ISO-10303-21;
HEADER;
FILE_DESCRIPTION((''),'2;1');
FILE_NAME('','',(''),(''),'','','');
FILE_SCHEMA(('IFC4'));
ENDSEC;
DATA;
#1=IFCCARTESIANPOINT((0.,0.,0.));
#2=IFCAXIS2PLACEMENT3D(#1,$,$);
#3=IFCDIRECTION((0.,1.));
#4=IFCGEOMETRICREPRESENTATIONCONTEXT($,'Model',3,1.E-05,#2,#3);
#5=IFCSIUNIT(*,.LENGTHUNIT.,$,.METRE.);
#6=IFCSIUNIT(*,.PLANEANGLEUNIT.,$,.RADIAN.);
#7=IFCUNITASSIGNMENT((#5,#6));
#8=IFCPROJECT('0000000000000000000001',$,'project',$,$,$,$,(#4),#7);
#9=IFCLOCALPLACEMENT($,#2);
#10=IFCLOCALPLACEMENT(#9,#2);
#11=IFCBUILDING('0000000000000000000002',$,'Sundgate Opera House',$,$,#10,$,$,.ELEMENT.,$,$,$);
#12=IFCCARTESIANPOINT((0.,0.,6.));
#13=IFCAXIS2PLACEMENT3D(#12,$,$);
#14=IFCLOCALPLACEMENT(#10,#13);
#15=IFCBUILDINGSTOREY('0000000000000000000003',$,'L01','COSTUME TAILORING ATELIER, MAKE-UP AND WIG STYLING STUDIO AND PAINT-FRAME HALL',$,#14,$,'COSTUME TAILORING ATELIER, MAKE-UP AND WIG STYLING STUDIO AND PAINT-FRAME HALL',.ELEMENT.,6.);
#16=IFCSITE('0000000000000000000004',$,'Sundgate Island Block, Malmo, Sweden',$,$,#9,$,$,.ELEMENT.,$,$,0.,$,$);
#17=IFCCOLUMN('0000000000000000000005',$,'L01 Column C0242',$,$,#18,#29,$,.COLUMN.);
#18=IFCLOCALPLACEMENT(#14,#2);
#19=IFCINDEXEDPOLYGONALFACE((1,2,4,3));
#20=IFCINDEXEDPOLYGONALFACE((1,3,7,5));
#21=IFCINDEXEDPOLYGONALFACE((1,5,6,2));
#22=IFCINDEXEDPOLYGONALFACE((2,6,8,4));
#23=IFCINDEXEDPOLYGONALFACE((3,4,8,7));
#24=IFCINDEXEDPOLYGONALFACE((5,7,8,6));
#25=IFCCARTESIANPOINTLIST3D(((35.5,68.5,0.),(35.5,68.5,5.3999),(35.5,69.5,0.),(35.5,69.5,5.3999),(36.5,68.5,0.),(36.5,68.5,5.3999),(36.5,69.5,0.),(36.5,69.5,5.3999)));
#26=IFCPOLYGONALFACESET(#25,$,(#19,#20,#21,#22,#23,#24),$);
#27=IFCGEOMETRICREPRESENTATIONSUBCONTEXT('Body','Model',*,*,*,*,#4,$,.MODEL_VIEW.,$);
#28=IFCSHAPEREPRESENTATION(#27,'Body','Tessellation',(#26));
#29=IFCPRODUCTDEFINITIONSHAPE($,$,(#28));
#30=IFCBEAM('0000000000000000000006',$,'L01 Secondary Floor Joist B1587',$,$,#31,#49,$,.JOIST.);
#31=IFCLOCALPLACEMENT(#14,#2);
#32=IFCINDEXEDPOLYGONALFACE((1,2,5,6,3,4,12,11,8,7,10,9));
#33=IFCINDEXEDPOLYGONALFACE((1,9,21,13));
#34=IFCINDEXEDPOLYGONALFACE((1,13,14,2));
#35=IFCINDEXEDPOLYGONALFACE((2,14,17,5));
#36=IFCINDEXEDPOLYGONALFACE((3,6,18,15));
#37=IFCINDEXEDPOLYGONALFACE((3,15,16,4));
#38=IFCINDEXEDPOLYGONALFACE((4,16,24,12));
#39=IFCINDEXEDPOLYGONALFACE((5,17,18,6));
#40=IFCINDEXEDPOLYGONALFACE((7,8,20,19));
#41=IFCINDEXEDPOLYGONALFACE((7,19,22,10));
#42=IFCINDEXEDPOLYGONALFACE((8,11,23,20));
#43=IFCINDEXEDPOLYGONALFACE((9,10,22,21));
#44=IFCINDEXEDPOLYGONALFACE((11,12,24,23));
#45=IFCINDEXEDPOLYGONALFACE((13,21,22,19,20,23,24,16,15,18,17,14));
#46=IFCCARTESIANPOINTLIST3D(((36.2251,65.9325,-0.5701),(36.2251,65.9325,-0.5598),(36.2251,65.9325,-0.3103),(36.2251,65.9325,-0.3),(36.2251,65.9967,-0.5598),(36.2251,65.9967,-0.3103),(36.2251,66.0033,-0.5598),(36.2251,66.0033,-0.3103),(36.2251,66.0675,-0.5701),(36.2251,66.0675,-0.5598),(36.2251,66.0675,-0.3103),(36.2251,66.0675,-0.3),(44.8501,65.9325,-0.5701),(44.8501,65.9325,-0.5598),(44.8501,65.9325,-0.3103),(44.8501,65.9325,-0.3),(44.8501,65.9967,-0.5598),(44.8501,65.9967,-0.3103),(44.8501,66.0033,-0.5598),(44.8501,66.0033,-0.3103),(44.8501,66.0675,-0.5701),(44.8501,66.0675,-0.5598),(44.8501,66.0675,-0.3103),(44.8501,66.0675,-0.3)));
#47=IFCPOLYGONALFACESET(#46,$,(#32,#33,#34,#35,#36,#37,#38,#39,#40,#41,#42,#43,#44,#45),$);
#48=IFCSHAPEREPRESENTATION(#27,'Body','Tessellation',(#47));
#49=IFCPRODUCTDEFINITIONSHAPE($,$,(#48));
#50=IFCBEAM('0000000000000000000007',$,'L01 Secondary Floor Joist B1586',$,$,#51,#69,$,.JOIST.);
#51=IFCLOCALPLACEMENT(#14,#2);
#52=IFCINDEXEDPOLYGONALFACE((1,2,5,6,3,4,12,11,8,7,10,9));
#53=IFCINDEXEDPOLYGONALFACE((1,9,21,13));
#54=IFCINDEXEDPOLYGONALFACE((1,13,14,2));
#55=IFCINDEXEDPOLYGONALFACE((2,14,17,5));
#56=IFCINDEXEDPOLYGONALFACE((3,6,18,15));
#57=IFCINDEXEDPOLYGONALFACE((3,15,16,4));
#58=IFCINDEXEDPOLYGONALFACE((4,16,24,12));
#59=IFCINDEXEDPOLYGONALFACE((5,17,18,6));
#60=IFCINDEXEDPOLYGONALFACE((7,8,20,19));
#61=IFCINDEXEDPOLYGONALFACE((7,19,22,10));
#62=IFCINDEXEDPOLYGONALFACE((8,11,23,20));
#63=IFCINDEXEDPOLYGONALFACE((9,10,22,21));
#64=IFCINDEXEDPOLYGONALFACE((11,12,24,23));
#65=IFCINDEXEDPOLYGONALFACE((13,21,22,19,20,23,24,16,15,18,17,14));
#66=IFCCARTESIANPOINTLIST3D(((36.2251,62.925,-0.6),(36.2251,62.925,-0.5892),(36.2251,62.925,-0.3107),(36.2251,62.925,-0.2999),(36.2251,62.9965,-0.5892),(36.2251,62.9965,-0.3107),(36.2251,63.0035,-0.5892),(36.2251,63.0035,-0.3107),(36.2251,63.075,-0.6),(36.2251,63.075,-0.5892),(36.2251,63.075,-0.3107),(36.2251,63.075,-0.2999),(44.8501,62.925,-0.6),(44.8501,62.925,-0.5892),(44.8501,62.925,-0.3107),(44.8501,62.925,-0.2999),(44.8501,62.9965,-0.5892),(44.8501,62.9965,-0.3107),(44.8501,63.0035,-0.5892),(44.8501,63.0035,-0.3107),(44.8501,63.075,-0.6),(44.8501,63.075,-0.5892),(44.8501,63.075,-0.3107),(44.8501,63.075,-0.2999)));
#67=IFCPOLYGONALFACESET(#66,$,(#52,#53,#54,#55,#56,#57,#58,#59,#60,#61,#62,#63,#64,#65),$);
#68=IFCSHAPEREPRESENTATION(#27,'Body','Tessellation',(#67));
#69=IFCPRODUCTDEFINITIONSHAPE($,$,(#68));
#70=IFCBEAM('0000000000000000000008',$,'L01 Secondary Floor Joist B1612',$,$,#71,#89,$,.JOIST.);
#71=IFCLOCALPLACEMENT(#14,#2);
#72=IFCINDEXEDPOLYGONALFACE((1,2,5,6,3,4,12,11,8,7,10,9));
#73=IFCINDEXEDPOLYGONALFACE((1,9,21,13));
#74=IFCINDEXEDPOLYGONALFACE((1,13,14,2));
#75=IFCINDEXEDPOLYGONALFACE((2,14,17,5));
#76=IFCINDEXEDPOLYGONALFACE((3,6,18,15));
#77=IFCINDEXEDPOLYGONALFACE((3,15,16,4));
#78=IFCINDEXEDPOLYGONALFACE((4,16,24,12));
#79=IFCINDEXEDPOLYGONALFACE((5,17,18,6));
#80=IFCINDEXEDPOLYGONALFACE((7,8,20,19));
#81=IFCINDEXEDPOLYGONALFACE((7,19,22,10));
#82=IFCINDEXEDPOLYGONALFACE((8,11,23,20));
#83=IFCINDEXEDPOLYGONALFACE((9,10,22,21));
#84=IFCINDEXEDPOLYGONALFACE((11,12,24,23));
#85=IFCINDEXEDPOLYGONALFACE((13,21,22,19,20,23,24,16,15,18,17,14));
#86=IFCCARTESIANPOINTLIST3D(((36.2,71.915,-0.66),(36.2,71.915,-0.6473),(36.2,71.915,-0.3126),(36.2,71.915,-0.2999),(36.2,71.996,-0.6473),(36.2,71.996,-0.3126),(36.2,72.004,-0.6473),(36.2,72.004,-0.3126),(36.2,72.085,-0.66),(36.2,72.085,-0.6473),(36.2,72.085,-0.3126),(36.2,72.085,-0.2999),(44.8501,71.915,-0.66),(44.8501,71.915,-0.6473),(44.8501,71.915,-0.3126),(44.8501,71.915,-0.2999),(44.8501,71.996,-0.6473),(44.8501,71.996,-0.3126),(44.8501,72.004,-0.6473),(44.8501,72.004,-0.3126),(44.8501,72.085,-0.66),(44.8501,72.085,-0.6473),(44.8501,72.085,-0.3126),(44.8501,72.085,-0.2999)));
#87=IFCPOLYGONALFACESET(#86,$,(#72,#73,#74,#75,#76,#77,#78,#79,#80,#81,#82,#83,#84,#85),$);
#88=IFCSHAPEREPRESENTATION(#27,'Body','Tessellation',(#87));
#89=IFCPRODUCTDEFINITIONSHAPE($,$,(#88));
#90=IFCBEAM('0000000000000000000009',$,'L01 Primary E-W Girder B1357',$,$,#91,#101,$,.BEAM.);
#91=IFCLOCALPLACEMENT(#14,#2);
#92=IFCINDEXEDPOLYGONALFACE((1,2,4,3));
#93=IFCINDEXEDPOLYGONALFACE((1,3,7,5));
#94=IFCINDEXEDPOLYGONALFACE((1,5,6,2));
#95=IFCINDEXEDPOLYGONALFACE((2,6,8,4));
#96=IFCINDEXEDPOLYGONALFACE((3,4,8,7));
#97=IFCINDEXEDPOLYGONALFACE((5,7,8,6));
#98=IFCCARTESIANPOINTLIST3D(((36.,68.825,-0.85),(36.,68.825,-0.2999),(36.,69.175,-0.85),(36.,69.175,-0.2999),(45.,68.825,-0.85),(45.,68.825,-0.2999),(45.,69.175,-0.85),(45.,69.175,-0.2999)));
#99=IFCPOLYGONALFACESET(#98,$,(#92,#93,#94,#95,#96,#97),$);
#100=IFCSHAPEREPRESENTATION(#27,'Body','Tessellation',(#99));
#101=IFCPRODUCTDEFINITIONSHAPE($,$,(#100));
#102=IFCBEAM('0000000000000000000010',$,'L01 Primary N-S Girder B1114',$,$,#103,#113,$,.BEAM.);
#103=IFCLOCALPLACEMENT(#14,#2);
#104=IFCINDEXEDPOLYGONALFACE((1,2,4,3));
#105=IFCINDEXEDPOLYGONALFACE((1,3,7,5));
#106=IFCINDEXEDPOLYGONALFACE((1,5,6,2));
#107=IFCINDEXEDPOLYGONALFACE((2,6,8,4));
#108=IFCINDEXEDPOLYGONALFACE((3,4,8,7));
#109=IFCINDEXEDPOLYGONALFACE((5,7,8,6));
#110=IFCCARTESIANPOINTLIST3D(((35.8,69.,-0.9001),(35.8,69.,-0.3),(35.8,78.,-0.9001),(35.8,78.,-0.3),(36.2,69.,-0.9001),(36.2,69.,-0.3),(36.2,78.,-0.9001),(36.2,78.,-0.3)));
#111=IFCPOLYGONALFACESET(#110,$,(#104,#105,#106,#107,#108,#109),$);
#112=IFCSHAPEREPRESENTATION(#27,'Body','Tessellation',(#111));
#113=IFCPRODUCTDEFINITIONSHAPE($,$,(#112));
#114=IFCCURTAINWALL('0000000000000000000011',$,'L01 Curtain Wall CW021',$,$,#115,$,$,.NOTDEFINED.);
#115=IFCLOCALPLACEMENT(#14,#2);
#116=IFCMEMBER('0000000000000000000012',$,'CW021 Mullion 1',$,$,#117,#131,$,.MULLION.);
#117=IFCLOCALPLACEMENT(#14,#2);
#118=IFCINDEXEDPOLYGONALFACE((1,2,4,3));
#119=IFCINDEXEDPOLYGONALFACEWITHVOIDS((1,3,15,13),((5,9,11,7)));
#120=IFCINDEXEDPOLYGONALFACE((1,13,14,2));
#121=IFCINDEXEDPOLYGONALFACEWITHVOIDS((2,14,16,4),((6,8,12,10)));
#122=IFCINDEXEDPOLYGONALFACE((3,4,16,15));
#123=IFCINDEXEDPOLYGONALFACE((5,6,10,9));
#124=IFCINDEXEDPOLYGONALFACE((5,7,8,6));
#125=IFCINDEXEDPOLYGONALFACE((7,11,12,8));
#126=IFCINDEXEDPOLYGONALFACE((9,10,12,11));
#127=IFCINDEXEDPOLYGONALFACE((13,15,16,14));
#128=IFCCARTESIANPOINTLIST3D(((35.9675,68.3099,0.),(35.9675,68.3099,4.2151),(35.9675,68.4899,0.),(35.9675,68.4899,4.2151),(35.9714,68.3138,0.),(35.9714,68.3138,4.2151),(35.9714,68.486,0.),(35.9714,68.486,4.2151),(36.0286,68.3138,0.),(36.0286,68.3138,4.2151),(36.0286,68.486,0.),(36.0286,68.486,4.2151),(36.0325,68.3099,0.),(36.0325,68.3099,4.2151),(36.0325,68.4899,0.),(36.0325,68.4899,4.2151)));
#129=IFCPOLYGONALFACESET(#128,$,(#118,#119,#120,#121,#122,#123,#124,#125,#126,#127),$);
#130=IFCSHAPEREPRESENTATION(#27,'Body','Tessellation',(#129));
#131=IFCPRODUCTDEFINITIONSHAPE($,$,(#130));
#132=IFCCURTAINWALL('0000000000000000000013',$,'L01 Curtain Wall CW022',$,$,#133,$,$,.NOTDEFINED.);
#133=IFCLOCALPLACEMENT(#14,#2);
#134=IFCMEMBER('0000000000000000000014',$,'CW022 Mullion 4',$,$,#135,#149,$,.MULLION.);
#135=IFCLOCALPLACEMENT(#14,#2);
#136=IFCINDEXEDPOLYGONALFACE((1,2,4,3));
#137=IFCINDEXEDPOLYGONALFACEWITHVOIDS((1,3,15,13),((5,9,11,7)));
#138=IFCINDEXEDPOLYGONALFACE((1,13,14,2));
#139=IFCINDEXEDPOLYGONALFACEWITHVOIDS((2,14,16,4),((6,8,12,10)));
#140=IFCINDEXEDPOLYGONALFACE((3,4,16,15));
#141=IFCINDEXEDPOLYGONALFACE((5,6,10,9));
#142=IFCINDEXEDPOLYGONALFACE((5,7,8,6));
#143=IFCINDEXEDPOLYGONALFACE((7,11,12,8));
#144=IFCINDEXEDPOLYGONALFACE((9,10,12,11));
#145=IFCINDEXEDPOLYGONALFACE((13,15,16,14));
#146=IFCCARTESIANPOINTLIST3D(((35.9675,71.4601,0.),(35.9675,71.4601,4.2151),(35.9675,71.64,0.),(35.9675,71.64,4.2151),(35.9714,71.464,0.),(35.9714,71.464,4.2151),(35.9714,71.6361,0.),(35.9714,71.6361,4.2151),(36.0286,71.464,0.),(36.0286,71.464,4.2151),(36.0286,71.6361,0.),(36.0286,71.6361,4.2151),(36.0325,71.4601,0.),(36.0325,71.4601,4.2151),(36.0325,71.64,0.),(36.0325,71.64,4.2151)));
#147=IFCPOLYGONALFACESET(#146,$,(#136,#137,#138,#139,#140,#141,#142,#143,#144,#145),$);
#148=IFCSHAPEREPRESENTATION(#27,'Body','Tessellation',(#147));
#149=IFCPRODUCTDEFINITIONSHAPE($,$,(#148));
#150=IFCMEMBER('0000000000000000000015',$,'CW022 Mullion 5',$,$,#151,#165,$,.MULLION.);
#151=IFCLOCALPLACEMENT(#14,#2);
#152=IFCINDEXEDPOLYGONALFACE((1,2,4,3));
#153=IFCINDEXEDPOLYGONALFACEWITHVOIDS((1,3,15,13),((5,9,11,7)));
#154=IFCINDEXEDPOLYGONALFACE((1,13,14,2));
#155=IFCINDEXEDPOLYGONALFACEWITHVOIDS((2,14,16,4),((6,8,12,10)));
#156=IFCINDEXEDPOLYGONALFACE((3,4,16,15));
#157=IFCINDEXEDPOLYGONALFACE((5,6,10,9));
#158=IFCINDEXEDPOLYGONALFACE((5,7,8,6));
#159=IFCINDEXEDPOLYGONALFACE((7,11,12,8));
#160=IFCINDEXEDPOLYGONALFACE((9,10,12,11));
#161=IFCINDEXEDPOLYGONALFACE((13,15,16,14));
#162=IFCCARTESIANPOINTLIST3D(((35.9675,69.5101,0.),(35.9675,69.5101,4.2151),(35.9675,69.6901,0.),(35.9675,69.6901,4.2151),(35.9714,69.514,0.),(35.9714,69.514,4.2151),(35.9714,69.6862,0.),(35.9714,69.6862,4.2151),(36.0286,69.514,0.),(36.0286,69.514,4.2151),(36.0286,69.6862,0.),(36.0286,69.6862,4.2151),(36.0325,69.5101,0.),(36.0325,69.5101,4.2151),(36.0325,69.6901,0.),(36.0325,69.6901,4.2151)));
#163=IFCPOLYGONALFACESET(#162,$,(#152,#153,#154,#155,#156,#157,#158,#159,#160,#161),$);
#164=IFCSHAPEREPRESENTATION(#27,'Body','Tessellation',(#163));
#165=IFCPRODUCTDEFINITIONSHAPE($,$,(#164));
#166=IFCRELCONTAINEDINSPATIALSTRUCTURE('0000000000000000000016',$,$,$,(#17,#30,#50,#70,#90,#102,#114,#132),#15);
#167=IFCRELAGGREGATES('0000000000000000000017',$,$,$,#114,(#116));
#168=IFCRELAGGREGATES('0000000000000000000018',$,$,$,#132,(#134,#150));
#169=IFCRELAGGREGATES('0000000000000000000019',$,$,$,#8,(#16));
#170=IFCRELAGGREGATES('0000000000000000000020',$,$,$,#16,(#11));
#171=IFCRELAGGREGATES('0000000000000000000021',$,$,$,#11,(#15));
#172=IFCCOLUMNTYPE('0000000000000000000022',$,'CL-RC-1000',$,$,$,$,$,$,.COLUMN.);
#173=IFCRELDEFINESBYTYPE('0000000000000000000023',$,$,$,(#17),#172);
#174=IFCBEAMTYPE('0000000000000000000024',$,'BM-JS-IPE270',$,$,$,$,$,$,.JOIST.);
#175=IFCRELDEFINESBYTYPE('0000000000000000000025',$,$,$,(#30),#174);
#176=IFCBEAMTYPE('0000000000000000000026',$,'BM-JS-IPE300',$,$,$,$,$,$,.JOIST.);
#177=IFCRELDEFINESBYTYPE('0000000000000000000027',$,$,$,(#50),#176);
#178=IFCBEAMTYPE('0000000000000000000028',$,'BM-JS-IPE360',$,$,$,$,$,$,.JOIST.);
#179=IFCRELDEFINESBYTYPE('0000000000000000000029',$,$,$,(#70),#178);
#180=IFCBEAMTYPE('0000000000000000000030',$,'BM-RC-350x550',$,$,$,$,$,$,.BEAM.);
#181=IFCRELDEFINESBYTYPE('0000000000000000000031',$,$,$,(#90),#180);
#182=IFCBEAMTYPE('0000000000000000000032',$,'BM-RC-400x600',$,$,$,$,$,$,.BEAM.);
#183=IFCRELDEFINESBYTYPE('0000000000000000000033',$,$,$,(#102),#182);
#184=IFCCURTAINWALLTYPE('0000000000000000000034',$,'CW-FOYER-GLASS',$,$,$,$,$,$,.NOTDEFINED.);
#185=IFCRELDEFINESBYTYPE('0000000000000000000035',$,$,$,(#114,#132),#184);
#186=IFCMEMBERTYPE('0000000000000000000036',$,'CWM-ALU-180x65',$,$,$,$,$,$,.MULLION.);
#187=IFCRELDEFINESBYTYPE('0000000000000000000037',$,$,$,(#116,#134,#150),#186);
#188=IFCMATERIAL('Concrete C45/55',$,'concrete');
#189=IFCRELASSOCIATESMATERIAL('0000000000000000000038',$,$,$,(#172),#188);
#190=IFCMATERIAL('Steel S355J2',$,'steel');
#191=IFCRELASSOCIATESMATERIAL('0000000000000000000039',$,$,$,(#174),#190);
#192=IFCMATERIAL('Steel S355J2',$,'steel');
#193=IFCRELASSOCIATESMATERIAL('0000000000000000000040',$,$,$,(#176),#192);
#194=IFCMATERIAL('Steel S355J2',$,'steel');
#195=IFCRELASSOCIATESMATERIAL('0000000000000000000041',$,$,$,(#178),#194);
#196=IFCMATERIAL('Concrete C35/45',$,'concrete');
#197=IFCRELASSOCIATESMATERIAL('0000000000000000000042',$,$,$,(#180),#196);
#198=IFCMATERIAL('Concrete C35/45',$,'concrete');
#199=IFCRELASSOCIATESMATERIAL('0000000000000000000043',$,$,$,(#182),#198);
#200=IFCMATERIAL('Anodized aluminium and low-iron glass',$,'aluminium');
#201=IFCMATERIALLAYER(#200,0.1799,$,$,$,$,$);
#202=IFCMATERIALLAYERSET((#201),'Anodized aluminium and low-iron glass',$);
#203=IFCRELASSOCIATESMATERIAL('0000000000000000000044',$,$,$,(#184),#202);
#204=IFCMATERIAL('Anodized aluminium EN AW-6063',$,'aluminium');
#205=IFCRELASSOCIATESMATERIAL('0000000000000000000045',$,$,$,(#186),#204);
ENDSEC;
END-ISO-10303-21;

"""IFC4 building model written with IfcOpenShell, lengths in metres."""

from ifc_helpers import new_model, si_unit, direction, frame, origin, origin_2d, place, context, subcontext, project, spatial, rectangle, hollow_rectangle, i_section, extrude, material, layer, layer_set, material_profile, profile_set, type_object, element, aggregate, save


model = new_model("IFC4")

# Units and contexts
model_context = context("Model", 3, precision=1e-05, world=origin(), true_north=direction((0.0, 1.0)))
body_context = subcontext(model_context, "Body", "Model", "MODEL_VIEW")
ifc_project = project(units=[si_unit("LENGTHUNIT", "METRE"), si_unit("PLANEANGLEUNIT", "RADIAN")], contexts=[model_context])

# Site, building, storey
site_placement = place(None, origin())
site = spatial("IfcSite", under=ifc_project, at=site_placement, Name="Sundgate Island Block, Malmo, Sweden", CompositionType="ELEMENT", RefElevation=0.0)
building_placement = place(site_placement, origin())
building = spatial("IfcBuilding", under=site, at=building_placement, Name="Sundgate Opera House", CompositionType="ELEMENT")
storey_placement = place(building_placement, frame((0.0, 0.0, 6.0)))
storey = spatial("IfcBuildingStorey", under=building, at=storey_placement, Name="L01", Description="COSTUME TAILORING ATELIER, MAKE-UP AND WIG STYLING STUDIO AND PAINT-FRAME HALL", LongName="COSTUME TAILORING ATELIER, MAKE-UP AND WIG STYLING STUDIO AND PAINT-FRAME HALL", CompositionType="ELEMENT", Elevation=6.0)

# Column
ifc_material_1 = material(Name="Concrete C45/55", Category="concrete")
ifc_material_profile_1 = material_profile(ifc_material_1, rectangle(XDim=1.0, YDim=1.0, at=origin_2d()), Name="RC 1000x1000")
ifc_profile_set_1 = profile_set([ifc_material_profile_1], Name="Concrete C45/55")
column_type = type_object("IfcColumnType", Name="CL-RC-1000", PredefinedType="COLUMN", material=ifc_profile_set_1)
column_placement = place(storey_placement, frame((36.0, 69.0, 0.0), z_axis=(0.0, 0.0, 1.0), x_axis=(1.0, 0.0, 0.0)))
element("IfcColumn", 1, at=column_placement, inside=storey, type_object=column_type, Name="L01 Column C0242", PredefinedType="COLUMN", context=body_context, shape_type="SweptSolid", body=[
    extrude(rectangle(XDim=1.0, YDim=1.0, at=origin_2d()), origin(), (0.0, 0.0, 1.0), 5.3999),
])

# Beams
ifc_material_2 = material(Name="Steel S355J2", Category="steel")
ifc_material_profile_2 = material_profile(ifc_material_2, i_section(OverallWidth=0.135, OverallDepth=0.27, WebThickness=0.0066, FlangeThickness=0.0103, at=origin_2d()), Name="IPE 270")
ifc_profile_set_2 = profile_set([ifc_material_profile_2], Name="Steel S355J2")
beam_type_1 = type_object("IfcBeamType", Name="BM-JS-IPE270", PredefinedType="JOIST", material=ifc_profile_set_2)
beam_1_placement = place(storey_placement, frame((36.2251, 66.0, -0.4351), z_axis=(1.0, 0.0, 0.0), x_axis=(0.0, 1.0, 0.0)))
element("IfcBeam", 2, at=beam_1_placement, inside=storey, type_object=beam_type_1, Name="L01 Secondary Floor Joist B1587", PredefinedType="JOIST", context=body_context, shape_type="SweptSolid", body=[
    extrude(i_section(OverallWidth=0.135, OverallDepth=0.27, WebThickness=0.0066, FlangeThickness=0.0103, at=origin_2d()), origin(), (0.0, 0.0, 1.0), 8.625),
])
ifc_material_3 = material(Name="Steel S355J2", Category="steel")
ifc_material_profile_3 = material_profile(ifc_material_3, i_section(OverallWidth=0.1499, OverallDepth=0.3, WebThickness=0.0071, FlangeThickness=0.0107, at=origin_2d()), Name="IPE 300")
ifc_profile_set_3 = profile_set([ifc_material_profile_3], Name="Steel S355J2")
beam_type_2 = type_object("IfcBeamType", Name="BM-JS-IPE300", PredefinedType="JOIST", material=ifc_profile_set_3)
beam_2_placement = place(storey_placement, frame((36.2251, 63.0, -0.45), z_axis=(1.0, 0.0, 0.0), x_axis=(0.0, 1.0, 0.0)))
element("IfcBeam", 3, at=beam_2_placement, inside=storey, type_object=beam_type_2, Name="L01 Secondary Floor Joist B1586", PredefinedType="JOIST", context=body_context, shape_type="SweptSolid", body=[
    extrude(i_section(OverallWidth=0.1499, OverallDepth=0.3, WebThickness=0.0071, FlangeThickness=0.0107, at=origin_2d()), origin(), (0.0, 0.0, 1.0), 8.625),
])
ifc_material_4 = material(Name="Steel S355J2", Category="steel")
ifc_material_profile_4 = material_profile(ifc_material_4, i_section(OverallWidth=0.1699, OverallDepth=0.3601, WebThickness=0.0081, FlangeThickness=0.0127, at=origin_2d()), Name="IPE 360")
ifc_profile_set_4 = profile_set([ifc_material_profile_4], Name="Steel S355J2")
beam_type_3 = type_object("IfcBeamType", Name="BM-JS-IPE360", PredefinedType="JOIST", material=ifc_profile_set_4)
beam_3_placement = place(storey_placement, frame((36.2, 72.0, -0.48), z_axis=(1.0, 0.0, 0.0), x_axis=(0.0, 1.0, 0.0)))
element("IfcBeam", 4, at=beam_3_placement, inside=storey, type_object=beam_type_3, Name="L01 Secondary Floor Joist B1612", PredefinedType="JOIST", context=body_context, shape_type="SweptSolid", body=[
    extrude(i_section(OverallWidth=0.1699, OverallDepth=0.3601, WebThickness=0.0081, FlangeThickness=0.0127, at=origin_2d()), origin(), (0.0, 0.0, 1.0), 8.6501),
])
ifc_material_5 = material(Name="Concrete C35/45", Category="concrete")
ifc_material_profile_5 = material_profile(ifc_material_5, rectangle(XDim=0.3501, YDim=0.55, at=origin_2d()), Name="RC 350x550")
ifc_profile_set_5 = profile_set([ifc_material_profile_5], Name="Concrete C35/45")
beam_type_4 = type_object("IfcBeamType", Name="BM-RC-350x550", PredefinedType="BEAM", material=ifc_profile_set_5)
beam_4_placement = place(storey_placement, frame((36.0, 69.0, -0.575), z_axis=(1.0, 0.0, 0.0), x_axis=(0.0, 1.0, 0.0)))
element("IfcBeam", 5, at=beam_4_placement, inside=storey, type_object=beam_type_4, Name="L01 Primary E-W Girder B1357", PredefinedType="BEAM", context=body_context, shape_type="SweptSolid", body=[
    extrude(rectangle(XDim=0.3501, YDim=0.55, at=origin_2d()), origin(), (0.0, 0.0, 1.0), 9.0),
])
ifc_material_6 = material(Name="Concrete C35/45", Category="concrete")
ifc_material_profile_6 = material_profile(ifc_material_6, rectangle(XDim=0.3999, YDim=0.6001, at=origin_2d()), Name="RC 400x600")
ifc_profile_set_6 = profile_set([ifc_material_profile_6], Name="Concrete C35/45")
beam_type_5 = type_object("IfcBeamType", Name="BM-RC-400x600", PredefinedType="BEAM", material=ifc_profile_set_6)
beam_5_placement = place(storey_placement, frame((36.0, 69.0, -0.6001), z_axis=(0.0, 1.0, 0.0), x_axis=(-1.0, 0.0, 0.0)))
element("IfcBeam", 6, at=beam_5_placement, inside=storey, type_object=beam_type_5, Name="L01 Primary N-S Girder B1114", PredefinedType="BEAM", context=body_context, shape_type="SweptSolid", body=[
    extrude(rectangle(XDim=0.3999, YDim=0.6001, at=origin_2d()), origin(), (0.0, 0.0, 1.0), 9.0),
])

# Curtain wall, member
ifc_material_7 = material(Name="Anodized aluminium and low-iron glass", Category="aluminium")
ifc_layer_1 = layer(ifc_material_7, 0.1799)
ifc_layer_set_1 = layer_set([ifc_layer_1], Name="Anodized aluminium and low-iron glass")
curtain_wall_type = type_object("IfcCurtainWallType", Name="CW-FOYER-GLASS", PredefinedType="NOTDEFINED", material=ifc_layer_set_1)
curtain_wall_1_placement = place(storey_placement, origin())
curtain_wall_1 = element("IfcCurtainWall", 7, at=curtain_wall_1_placement, inside=storey, type_object=curtain_wall_type, Name="L01 Curtain Wall CW021", PredefinedType="NOTDEFINED")
ifc_material_8 = material(Name="Anodized aluminium EN AW-6063", Category="aluminium")
ifc_material_profile_7 = material_profile(ifc_material_8, hollow_rectangle(XDim=0.0649, YDim=0.1799, WallThickness=0.0039, at=origin_2d()), Name="CWM 180x65x4")
ifc_profile_set_7 = profile_set([ifc_material_profile_7], Name="Anodized aluminium EN AW-6063")
member_type_1 = type_object("IfcMemberType", Name="CWM-ALU-180x65", PredefinedType="MULLION", material=ifc_profile_set_7)
member_1_placement = place(storey_placement, frame((36.0, 68.3999, 0.0), z_axis=(0.0, 0.0, 1.0), x_axis=(1.0, 0.0, 0.0)))
member_1 = element("IfcMember", 8, at=member_1_placement, type_object=member_type_1, Name="CW021 Mullion 1", PredefinedType="MULLION", context=body_context, shape_type="SweptSolid", body=[
    extrude(hollow_rectangle(XDim=0.0649, YDim=0.1799, WallThickness=0.0039, at=origin_2d()), origin(), (0.0, 0.0, 1.0), 4.2151),
])

# Curtain wall, members
curtain_wall_2_placement = place(storey_placement, origin())
curtain_wall_2 = element("IfcCurtainWall", 9, at=curtain_wall_2_placement, inside=storey, type_object=curtain_wall_type, Name="L01 Curtain Wall CW022", PredefinedType="NOTDEFINED")
member_2_placement = place(storey_placement, frame((36.0, 71.55, 0.0), z_axis=(0.0, 0.0, 1.0), x_axis=(1.0, 0.0, 0.0)))
member_2 = element("IfcMember", 10, at=member_2_placement, type_object=member_type_1, Name="CW022 Mullion 4", PredefinedType="MULLION", context=body_context, shape_type="SweptSolid", body=[
    extrude(hollow_rectangle(XDim=0.0649, YDim=0.1799, WallThickness=0.0039, at=origin_2d()), origin(), (0.0, 0.0, 1.0), 4.2151),
])
member_3_placement = place(storey_placement, frame((36.0, 69.6001, 0.0), z_axis=(0.0, 0.0, 1.0), x_axis=(1.0, 0.0, 0.0)))
member_3 = element("IfcMember", 11, at=member_3_placement, type_object=member_type_1, Name="CW022 Mullion 5", PredefinedType="MULLION", context=body_context, shape_type="SweptSolid", body=[
    extrude(hollow_rectangle(XDim=0.0649, YDim=0.1799, WallThickness=0.0039, at=origin_2d()), origin(), (0.0, 0.0, 1.0), 4.2151),
])

aggregate(curtain_wall_1, [member_1])
aggregate(curtain_wall_2, [member_2, member_3])

save(model, "model.ifc")
